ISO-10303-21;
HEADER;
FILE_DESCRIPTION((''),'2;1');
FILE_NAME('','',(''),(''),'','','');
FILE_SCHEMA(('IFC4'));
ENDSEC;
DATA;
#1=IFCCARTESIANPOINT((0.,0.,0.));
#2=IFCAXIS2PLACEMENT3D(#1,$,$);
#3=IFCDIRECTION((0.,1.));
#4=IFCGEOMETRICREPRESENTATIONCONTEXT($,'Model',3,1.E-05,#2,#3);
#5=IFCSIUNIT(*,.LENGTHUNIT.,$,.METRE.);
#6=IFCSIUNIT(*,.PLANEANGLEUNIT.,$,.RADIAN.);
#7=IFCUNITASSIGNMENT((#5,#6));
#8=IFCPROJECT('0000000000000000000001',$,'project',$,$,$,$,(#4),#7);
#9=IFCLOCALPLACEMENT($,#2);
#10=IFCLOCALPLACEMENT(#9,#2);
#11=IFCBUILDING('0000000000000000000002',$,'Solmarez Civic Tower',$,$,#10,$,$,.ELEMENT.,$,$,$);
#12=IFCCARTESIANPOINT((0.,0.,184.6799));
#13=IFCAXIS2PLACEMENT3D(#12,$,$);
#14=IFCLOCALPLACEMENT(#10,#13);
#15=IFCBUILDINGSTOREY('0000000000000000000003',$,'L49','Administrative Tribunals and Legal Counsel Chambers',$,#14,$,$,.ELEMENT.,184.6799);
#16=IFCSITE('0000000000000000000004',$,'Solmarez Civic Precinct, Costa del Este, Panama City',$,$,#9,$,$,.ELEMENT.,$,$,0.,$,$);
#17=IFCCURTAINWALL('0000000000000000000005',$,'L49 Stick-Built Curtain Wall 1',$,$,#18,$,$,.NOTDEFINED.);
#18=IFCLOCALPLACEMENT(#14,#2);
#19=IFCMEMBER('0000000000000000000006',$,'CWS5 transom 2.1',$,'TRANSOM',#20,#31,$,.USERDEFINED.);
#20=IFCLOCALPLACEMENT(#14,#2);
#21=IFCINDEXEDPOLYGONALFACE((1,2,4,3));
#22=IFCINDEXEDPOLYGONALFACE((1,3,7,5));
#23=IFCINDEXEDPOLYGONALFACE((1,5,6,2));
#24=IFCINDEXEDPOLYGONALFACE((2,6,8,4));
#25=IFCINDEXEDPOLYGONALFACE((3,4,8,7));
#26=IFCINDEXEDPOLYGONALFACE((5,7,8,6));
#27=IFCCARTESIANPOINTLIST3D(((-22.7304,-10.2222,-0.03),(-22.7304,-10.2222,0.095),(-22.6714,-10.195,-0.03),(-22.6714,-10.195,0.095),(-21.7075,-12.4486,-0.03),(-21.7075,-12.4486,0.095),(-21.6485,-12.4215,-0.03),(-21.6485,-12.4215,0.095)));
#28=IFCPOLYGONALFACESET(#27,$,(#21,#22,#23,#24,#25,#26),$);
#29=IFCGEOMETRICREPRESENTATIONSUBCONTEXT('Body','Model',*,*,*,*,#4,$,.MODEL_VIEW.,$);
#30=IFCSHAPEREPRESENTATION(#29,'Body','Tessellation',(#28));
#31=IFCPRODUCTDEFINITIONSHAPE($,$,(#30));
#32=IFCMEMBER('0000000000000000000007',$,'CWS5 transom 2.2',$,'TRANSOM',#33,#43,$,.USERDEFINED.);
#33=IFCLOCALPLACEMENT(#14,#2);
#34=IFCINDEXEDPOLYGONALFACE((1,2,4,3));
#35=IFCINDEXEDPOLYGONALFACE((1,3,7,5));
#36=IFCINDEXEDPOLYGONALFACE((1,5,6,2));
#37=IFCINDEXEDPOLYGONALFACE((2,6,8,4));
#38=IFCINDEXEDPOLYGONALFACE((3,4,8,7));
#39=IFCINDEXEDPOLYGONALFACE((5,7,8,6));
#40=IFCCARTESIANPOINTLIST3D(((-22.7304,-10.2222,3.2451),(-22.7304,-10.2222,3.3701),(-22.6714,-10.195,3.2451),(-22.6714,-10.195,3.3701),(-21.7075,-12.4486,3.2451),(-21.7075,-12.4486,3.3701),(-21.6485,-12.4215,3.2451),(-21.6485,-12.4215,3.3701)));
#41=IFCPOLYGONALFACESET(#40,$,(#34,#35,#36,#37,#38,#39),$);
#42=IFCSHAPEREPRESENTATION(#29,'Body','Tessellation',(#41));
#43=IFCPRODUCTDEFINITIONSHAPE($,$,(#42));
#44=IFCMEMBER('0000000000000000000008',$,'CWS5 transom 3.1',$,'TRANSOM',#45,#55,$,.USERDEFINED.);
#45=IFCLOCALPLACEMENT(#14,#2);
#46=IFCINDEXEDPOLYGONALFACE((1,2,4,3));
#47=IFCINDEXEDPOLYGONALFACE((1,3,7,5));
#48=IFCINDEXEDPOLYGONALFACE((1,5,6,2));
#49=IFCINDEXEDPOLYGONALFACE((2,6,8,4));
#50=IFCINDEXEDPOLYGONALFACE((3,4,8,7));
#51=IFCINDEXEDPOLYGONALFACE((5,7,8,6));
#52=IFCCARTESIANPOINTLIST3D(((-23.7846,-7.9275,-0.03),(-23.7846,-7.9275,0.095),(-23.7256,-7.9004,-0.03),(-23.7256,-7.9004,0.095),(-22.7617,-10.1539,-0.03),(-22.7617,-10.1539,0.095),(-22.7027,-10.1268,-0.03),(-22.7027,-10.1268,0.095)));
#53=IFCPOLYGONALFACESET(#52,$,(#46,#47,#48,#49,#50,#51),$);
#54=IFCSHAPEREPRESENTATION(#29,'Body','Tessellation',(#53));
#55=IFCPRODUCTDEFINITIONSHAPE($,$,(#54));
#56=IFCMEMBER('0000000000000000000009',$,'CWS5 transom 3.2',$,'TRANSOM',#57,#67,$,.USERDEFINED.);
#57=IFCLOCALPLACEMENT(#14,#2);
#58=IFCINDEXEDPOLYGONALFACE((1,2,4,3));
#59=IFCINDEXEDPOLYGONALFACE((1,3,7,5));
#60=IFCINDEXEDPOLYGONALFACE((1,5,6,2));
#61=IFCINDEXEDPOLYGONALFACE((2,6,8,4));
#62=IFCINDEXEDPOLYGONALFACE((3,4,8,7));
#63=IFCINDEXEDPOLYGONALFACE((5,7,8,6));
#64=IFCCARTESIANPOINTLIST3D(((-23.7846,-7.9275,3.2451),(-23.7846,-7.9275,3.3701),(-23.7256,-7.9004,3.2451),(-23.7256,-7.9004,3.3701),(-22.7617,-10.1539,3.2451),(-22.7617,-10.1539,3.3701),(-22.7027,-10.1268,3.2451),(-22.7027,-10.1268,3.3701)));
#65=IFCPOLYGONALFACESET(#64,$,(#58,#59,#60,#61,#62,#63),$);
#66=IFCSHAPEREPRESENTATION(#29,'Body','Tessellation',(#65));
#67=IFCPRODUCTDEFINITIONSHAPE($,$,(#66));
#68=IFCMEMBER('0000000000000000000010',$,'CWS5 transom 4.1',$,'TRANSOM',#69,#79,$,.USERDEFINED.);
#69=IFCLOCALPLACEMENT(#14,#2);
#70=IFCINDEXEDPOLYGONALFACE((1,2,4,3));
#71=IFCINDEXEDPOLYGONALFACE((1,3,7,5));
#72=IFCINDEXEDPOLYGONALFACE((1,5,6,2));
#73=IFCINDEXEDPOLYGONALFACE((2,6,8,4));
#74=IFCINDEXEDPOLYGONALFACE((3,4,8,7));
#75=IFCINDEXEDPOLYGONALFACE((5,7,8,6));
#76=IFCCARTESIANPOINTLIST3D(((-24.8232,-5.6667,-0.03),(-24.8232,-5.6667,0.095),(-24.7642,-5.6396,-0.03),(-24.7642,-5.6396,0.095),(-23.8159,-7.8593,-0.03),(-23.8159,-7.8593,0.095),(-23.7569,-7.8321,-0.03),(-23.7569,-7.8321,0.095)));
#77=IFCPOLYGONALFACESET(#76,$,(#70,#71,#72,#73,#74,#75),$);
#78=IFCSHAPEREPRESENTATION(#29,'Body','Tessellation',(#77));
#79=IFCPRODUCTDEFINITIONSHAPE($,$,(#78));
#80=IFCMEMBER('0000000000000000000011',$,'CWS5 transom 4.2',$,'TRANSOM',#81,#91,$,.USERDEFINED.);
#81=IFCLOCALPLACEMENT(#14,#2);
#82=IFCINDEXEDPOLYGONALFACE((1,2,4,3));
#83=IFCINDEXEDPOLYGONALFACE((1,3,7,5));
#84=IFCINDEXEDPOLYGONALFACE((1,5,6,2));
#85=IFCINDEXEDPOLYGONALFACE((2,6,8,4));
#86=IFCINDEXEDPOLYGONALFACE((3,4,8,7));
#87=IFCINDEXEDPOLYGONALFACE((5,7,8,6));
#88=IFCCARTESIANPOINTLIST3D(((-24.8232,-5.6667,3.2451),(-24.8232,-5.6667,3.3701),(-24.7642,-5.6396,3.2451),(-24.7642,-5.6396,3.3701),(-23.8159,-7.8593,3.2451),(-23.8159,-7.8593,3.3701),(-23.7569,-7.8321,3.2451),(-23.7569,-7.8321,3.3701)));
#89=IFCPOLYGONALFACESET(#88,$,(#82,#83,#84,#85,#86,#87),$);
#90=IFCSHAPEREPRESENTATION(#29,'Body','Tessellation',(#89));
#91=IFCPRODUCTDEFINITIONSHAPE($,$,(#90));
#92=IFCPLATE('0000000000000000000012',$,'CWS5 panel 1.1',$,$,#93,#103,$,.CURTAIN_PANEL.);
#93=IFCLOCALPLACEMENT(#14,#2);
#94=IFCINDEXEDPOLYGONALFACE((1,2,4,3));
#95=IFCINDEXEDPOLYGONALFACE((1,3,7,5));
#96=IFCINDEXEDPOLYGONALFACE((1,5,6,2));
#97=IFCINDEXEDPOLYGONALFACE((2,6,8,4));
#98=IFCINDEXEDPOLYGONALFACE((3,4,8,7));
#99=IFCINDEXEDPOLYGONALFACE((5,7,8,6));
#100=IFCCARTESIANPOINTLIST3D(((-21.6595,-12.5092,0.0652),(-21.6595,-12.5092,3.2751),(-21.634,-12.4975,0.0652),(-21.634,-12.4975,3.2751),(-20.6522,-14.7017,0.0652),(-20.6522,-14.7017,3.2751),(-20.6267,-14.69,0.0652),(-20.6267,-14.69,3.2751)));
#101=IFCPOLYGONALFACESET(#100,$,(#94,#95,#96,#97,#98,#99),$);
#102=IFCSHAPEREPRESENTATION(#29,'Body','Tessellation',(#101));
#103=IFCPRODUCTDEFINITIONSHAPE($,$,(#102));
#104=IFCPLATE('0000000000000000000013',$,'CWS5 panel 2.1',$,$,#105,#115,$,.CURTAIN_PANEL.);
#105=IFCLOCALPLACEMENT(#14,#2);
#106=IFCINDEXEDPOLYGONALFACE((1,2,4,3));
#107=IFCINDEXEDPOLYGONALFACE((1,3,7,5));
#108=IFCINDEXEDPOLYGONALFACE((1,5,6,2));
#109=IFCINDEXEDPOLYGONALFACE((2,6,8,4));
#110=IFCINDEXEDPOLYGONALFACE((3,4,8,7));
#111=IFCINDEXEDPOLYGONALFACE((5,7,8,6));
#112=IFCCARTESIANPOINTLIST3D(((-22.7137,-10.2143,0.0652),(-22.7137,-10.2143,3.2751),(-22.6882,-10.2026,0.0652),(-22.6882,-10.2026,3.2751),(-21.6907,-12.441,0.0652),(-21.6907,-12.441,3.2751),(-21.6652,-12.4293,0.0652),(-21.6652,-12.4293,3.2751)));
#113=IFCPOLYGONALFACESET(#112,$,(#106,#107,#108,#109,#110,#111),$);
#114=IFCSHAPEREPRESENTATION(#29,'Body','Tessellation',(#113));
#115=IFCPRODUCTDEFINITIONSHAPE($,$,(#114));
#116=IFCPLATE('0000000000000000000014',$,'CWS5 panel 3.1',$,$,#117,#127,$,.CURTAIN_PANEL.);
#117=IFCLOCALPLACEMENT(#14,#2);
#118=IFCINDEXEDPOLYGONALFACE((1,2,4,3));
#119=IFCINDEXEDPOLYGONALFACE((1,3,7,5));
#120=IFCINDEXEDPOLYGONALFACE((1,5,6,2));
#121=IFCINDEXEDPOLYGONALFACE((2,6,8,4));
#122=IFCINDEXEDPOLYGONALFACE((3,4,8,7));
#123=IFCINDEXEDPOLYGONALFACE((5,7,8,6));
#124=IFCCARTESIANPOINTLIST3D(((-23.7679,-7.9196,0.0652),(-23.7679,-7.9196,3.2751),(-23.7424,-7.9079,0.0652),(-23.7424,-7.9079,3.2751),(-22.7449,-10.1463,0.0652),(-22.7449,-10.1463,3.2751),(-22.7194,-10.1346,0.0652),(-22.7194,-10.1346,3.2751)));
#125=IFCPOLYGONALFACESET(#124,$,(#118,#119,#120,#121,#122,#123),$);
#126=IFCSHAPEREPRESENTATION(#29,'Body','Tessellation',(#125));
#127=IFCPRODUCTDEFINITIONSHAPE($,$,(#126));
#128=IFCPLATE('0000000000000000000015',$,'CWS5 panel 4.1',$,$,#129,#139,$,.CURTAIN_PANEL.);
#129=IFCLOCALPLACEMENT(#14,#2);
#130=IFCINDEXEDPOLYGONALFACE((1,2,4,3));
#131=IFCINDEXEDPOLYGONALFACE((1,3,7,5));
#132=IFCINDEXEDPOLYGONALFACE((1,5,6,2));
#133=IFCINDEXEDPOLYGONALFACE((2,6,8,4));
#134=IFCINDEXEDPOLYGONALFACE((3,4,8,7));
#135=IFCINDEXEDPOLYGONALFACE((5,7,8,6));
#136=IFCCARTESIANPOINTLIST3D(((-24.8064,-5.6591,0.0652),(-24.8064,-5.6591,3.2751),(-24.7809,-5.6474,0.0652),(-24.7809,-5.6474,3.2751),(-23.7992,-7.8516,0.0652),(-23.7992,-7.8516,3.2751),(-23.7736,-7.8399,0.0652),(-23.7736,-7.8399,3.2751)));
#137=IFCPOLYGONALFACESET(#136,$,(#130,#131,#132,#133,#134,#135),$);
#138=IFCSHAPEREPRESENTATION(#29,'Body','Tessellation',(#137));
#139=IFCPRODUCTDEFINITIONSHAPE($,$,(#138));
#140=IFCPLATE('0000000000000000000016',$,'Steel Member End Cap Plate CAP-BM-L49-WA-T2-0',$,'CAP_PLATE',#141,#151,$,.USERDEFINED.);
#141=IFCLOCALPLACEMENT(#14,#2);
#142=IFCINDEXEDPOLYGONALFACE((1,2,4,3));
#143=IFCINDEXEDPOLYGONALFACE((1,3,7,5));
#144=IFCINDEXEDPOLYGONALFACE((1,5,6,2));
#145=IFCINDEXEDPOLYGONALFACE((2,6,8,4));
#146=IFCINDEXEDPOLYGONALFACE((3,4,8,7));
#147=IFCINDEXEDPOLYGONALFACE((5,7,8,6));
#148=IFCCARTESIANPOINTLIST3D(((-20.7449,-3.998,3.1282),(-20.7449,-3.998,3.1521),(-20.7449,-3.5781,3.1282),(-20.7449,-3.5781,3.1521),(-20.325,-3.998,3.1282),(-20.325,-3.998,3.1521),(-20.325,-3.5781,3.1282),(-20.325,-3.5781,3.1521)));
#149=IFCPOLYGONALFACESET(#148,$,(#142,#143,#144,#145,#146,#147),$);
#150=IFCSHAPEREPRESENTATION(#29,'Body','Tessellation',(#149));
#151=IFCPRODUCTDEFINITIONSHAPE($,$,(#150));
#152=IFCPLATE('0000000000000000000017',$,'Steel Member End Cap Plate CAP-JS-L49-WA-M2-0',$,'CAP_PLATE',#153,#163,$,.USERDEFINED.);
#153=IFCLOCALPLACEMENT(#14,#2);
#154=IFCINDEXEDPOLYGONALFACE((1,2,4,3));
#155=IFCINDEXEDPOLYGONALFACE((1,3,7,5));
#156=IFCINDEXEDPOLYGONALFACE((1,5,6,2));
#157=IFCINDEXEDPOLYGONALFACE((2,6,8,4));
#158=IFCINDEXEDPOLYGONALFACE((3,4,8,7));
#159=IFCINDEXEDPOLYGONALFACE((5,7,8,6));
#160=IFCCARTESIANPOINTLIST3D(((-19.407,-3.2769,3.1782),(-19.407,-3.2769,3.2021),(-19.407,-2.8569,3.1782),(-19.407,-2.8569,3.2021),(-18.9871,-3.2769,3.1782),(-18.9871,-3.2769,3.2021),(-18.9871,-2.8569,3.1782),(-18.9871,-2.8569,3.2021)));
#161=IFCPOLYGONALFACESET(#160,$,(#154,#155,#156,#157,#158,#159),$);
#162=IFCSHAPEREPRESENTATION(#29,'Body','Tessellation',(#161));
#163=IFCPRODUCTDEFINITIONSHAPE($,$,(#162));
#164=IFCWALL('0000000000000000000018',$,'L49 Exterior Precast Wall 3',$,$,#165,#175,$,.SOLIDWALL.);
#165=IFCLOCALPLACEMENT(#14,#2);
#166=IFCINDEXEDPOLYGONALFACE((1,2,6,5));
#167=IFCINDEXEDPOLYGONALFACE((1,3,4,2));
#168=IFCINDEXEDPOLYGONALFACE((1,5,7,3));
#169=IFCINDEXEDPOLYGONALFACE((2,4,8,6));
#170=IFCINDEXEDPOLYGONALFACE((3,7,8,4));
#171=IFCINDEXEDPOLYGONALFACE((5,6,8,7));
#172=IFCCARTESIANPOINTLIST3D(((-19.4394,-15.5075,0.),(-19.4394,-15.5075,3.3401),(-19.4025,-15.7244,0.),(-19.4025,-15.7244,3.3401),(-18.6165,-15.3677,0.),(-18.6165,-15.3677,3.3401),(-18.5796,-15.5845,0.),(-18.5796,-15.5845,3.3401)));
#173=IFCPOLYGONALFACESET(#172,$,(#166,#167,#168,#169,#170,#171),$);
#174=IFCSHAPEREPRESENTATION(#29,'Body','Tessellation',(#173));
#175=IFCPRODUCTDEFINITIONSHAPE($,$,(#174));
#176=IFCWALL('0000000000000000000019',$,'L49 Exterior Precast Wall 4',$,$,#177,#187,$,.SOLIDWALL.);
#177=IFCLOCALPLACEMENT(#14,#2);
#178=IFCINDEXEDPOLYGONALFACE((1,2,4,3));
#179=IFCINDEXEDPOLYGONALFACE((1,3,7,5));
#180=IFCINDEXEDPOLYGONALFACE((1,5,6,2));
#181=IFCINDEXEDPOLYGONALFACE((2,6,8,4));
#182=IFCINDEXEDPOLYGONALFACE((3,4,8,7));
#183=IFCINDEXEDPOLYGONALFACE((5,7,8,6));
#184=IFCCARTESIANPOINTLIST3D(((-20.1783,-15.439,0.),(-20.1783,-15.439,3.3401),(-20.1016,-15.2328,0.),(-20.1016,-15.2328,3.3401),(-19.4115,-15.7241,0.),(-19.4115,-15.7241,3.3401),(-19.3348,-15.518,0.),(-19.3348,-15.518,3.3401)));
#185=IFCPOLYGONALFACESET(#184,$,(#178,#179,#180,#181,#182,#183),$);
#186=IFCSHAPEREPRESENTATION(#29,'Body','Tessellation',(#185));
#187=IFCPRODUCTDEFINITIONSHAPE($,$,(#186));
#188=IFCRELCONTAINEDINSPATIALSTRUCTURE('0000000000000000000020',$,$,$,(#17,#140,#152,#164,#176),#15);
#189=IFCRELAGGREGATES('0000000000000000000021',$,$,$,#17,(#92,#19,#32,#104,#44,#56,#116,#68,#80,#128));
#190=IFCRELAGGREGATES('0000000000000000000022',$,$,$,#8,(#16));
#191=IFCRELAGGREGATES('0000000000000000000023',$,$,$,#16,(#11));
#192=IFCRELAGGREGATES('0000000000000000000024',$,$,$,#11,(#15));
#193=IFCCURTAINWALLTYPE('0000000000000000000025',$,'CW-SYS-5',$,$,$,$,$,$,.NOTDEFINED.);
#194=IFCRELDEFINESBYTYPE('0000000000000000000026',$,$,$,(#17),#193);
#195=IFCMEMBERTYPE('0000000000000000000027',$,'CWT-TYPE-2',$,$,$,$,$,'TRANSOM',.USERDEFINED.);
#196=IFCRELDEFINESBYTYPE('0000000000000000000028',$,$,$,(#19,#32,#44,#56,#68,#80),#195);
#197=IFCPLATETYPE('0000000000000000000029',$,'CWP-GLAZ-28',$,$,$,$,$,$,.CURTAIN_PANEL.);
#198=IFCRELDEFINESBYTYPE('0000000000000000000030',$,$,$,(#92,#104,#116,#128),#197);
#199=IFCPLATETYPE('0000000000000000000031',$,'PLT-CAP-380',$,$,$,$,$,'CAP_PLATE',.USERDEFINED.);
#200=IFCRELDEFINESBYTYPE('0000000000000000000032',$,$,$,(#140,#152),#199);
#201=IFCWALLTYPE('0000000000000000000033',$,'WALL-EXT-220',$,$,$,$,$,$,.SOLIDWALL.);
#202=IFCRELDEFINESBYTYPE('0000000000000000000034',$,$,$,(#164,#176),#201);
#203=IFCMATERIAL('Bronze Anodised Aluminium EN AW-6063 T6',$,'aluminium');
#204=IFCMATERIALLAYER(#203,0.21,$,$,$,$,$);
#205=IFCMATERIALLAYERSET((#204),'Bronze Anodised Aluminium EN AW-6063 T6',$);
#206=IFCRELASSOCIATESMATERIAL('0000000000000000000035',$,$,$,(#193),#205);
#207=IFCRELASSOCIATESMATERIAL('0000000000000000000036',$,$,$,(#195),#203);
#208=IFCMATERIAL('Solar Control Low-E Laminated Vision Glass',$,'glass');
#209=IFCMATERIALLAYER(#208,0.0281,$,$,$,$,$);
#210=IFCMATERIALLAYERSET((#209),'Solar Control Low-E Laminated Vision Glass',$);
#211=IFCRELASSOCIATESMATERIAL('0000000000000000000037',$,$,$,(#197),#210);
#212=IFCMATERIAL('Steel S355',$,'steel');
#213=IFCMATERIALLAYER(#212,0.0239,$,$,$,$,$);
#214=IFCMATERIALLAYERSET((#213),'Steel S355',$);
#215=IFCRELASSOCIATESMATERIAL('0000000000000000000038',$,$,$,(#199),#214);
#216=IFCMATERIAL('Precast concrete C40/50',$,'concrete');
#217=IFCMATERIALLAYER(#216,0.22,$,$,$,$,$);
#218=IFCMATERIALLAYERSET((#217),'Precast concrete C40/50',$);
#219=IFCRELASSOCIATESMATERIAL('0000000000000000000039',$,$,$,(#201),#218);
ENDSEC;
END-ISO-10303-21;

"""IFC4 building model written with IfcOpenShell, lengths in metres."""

from ifc_helpers import new_model, si_unit, direction, frame, frame_2d, origin, origin_2d, place, context, subcontext, project, spatial, rectangle, extrude, material, layer, layer_set, material_profile, profile_set, type_object, element, aggregate, save


model = new_model("IFC4")

# Units and contexts
model_context = context("Model", 3, precision=1e-05, world=origin(), true_north=direction((0.0, 1.0)))
body_context = subcontext(model_context, "Body", "Model", "MODEL_VIEW")
ifc_project = project(units=[si_unit("LENGTHUNIT", "METRE"), si_unit("PLANEANGLEUNIT", "RADIAN")], contexts=[model_context])

# Site, building, storey
site_placement = place(None, origin())
site = spatial("IfcSite", under=ifc_project, at=site_placement, Name="Solmarez Civic Precinct, Costa del Este, Panama City", CompositionType="ELEMENT", RefElevation=0.0)
building_placement = place(site_placement, origin())
building = spatial("IfcBuilding", under=site, at=building_placement, Name="Solmarez Civic Tower", CompositionType="ELEMENT")
storey_placement = place(building_placement, frame((0.0, 0.0, 184.6799)))
storey = spatial("IfcBuildingStorey", under=building, at=storey_placement, Name="L49", Description="Administrative Tribunals and Legal Counsel Chambers", CompositionType="ELEMENT", Elevation=184.6799)

# Shared definitions
ifc_material_1 = material(Name="Steel S355", Category="steel")

# Curtain wall, members, plates
ifc_material_2 = material(Name="Bronze Anodised Aluminium EN AW-6063 T6", Category="aluminium")
ifc_layer_1 = layer(ifc_material_2, 0.21)
ifc_layer_set_1 = layer_set([ifc_layer_1], Name="Bronze Anodised Aluminium EN AW-6063 T6")
curtain_wall_type = type_object("IfcCurtainWallType", Name="CW-SYS-5", PredefinedType="NOTDEFINED", material=ifc_layer_set_1)
curtain_wall_placement = place(storey_placement, origin())
curtain_wall = element("IfcCurtainWall", 1, at=curtain_wall_placement, inside=storey, type_object=curtain_wall_type, Name="L49 Stick-Built Curtain Wall 1", PredefinedType="NOTDEFINED")
ifc_material_profile_1 = material_profile(ifc_material_2, rectangle(XDim=0.0649, YDim=0.125, at=origin_2d()), Name="CWT-65X125")
ifc_profile_set_1 = profile_set([ifc_material_profile_1], Name="Bronze Anodised Aluminium EN AW-6063 T6")
member_type_1 = type_object("IfcMemberType", Name="CWT-TYPE-2", ElementType="TRANSOM", PredefinedType="USERDEFINED", material=ifc_profile_set_1)
member_1_placement = place(storey_placement, frame((-21.678, -12.4351, 0.0325), z_axis=(-0.417478, 0.908687, 0.0), x_axis=(-0.908687, -0.417478, 0.0)))
member_1 = element("IfcMember", 2, at=member_1_placement, type_object=member_type_1, Name="CWS5 transom 2.1", ObjectType="TRANSOM", PredefinedType="USERDEFINED", context=body_context, shape_type="SweptSolid", body=[
    extrude(rectangle(XDim=0.0649, YDim=0.125, at=origin_2d()), origin(), (0.0, 0.0, 1.0), 2.4502),
])
member_2_placement = place(storey_placement, frame((-21.678, -12.4351, 3.3076), z_axis=(-0.417478, 0.908687, 0.0), x_axis=(-0.908687, -0.417478, 0.0)))
member_2 = element("IfcMember", 3, at=member_2_placement, type_object=member_type_1, Name="CWS5 transom 2.2", ObjectType="TRANSOM", PredefinedType="USERDEFINED", context=body_context, shape_type="SweptSolid", body=[
    extrude(rectangle(XDim=0.0649, YDim=0.125, at=origin_2d()), origin(), (0.0, 0.0, 1.0), 2.4502),
])
member_3_placement = place(storey_placement, frame((-22.7322, -10.1404, 0.0325), z_axis=(-0.417478, 0.908687, 0.0), x_axis=(-0.908687, -0.417478, 0.0)))
member_3 = element("IfcMember", 4, at=member_3_placement, type_object=member_type_1, Name="CWS5 transom 3.1", ObjectType="TRANSOM", PredefinedType="USERDEFINED", context=body_context, shape_type="SweptSolid", body=[
    extrude(rectangle(XDim=0.0649, YDim=0.125, at=origin_2d()), origin(), (0.0, 0.0, 1.0), 2.4502),
])
member_4_placement = place(storey_placement, frame((-22.7322, -10.1404, 3.3076), z_axis=(-0.417478, 0.908687, 0.0), x_axis=(-0.908687, -0.417478, 0.0)))
member_4 = element("IfcMember", 5, at=member_4_placement, type_object=member_type_1, Name="CWS5 transom 3.2", ObjectType="TRANSOM", PredefinedType="USERDEFINED", context=body_context, shape_type="SweptSolid", body=[
    extrude(rectangle(XDim=0.0649, YDim=0.125, at=origin_2d()), origin(), (0.0, 0.0, 1.0), 2.4502),
])
member_5_placement = place(storey_placement, frame((-23.7864, -7.8457, 0.0325), z_axis=(-0.417466, 0.908692, 0.0), x_axis=(-0.908692, -0.417466, 0.0)))
member_5 = element("IfcMember", 6, at=member_5_placement, type_object=member_type_1, Name="CWS5 transom 4.1", ObjectType="TRANSOM", PredefinedType="USERDEFINED", context=body_context, shape_type="SweptSolid", body=[
    extrude(rectangle(XDim=0.0649, YDim=0.125, at=origin_2d()), origin(), (0.0, 0.0, 1.0), 2.4128),
])
member_6_placement = place(storey_placement, frame((-23.7864, -7.8457, 3.3076), z_axis=(-0.417466, 0.908692, 0.0), x_axis=(-0.908692, -0.417466, 0.0)))
member_6 = element("IfcMember", 7, at=member_6_placement, type_object=member_type_1, Name="CWS5 transom 4.2", ObjectType="TRANSOM", PredefinedType="USERDEFINED", context=body_context, shape_type="SweptSolid", body=[
    extrude(rectangle(XDim=0.0649, YDim=0.125, at=origin_2d()), origin(), (0.0, 0.0, 1.0), 2.4128),
])
ifc_material_3 = material(Name="Solar Control Low-E Laminated Vision Glass", Category="glass")
ifc_layer_2 = layer(ifc_material_3, 0.0281)
ifc_layer_set_2 = layer_set([ifc_layer_2], Name="Solar Control Low-E Laminated Vision Glass")
plate_type_1 = type_object("IfcPlateType", Name="CWP-GLAZ-28", PredefinedType="CURTAIN_PANEL", material=ifc_layer_set_2)
plate_1_placement = place(storey_placement, frame((-21.1431, -13.5996, 0.0652), z_axis=(0.0, 0.0, 1.0), x_axis=(-0.417469, 0.908691, 0.0)))
plate_1 = element("IfcPlate", 8, at=plate_1_placement, type_object=plate_type_1, Name="CWS5 panel 1.1", PredefinedType="CURTAIN_PANEL", context=body_context, shape_type="SweptSolid", body=[
    extrude(rectangle(XDim=2.4128, YDim=0.0281, at=origin_2d()), origin(), (0.0, 0.0, 1.0), 3.21),
])
plate_2_placement = place(storey_placement, frame((-22.1895, -11.3218, 0.0652), z_axis=(0.0, 0.0, 1.0), x_axis=(-0.417469, 0.908691, 0.0)))
plate_2 = element("IfcPlate", 9, at=plate_2_placement, type_object=plate_type_1, Name="CWS5 panel 2.1", PredefinedType="CURTAIN_PANEL", context=body_context, shape_type="SweptSolid", body=[
    extrude(rectangle(XDim=2.4504, YDim=0.0281, at=origin_2d()), origin(), (0.0, 0.0, 1.0), 3.21),
])
plate_3_placement = place(storey_placement, frame((-23.2437, -9.0271, 0.0652), z_axis=(0.0, 0.0, 1.0), x_axis=(-0.417469, 0.908691, 0.0)))
plate_3 = element("IfcPlate", 10, at=plate_3_placement, type_object=plate_type_1, Name="CWS5 panel 3.1", PredefinedType="CURTAIN_PANEL", context=body_context, shape_type="SweptSolid", body=[
    extrude(rectangle(XDim=2.4504, YDim=0.0281, at=origin_2d()), origin(), (0.0, 0.0, 1.0), 3.21),
])
plate_4_placement = place(storey_placement, frame((-24.29, -6.7495, 0.0652), z_axis=(0.0, 0.0, 1.0), x_axis=(-0.417469, 0.908691, 0.0)))
plate_4 = element("IfcPlate", 11, at=plate_4_placement, type_object=plate_type_1, Name="CWS5 panel 4.1", PredefinedType="CURTAIN_PANEL", context=body_context, shape_type="SweptSolid", body=[
    extrude(rectangle(XDim=2.4128, YDim=0.0281, at=origin_2d()), origin(), (0.0, 0.0, 1.0), 3.21),
])
aggregate(curtain_wall, [plate_1, member_1, member_2, plate_2, member_3, member_4, plate_3, member_5, member_6, plate_4])

# Plates
ifc_layer_3 = layer(ifc_material_1, 0.0239)
ifc_layer_set_3 = layer_set([ifc_layer_3], Name="Steel S355")
plate_type_2 = type_object("IfcPlateType", Name="PLT-CAP-380", ElementType="CAP_PLATE", PredefinedType="USERDEFINED", material=ifc_layer_set_3)
for number, where, z_axis, x_axis, name in (
    (12, (-20.5349, -3.7881, 3.1282), (0.0, 0.0, 1.0), (1.0, 0.0, 0.0), "Steel Member End Cap Plate CAP-BM-L49-WA-T2-0"),
    (13, (-19.197, -3.0669, 3.1782), (0.0, 0.0, 1.0), (1.0, 0.0, 0.0), "Steel Member End Cap Plate CAP-JS-L49-WA-M2-0"),
):
    element("IfcPlate", number, at=place(storey_placement, frame(where, z_axis=z_axis, x_axis=x_axis)), inside=storey, type_object=plate_type_2, Name=name, ObjectType="CAP_PLATE", PredefinedType="USERDEFINED", context=body_context, shape_type="SweptSolid", body=[
        extrude(rectangle(XDim=0.4199, YDim=0.4199, at=origin_2d()), origin(), (0.0, 0.0, 1.0), 0.0239),
    ])

# Walls
ifc_material_4 = material(Name="Precast concrete C40/50", Category="concrete")
ifc_layer_4 = layer(ifc_material_4, 0.22)
ifc_layer_set_4 = layer_set([ifc_layer_4], Name="Precast concrete C40/50")
wall_type = type_object("IfcWallType", Name="WALL-EXT-220", PredefinedType="SOLIDWALL", material=ifc_layer_set_4)
wall_1_placement = place(storey_placement, frame((-18.5979, -15.4761, 0.0), z_axis=(0.0, 0.0, 1.0), x_axis=(-0.985859, -0.167576, 0.0)))
element("IfcWall", 14, at=wall_1_placement, inside=storey, type_object=wall_type, Name="L49 Exterior Precast Wall 3", PredefinedType="SOLIDWALL", context=body_context, shape_type="SweptSolid", body=[
    extrude(rectangle(XDim=0.8347, YDim=0.22, at=frame_2d((0.4175, 0.0))), origin(), (0.0, 0.0, 1.0), 3.3401),
])
wall_2_placement = place(storey_placement, frame((-19.373, -15.6211, 0.0), z_axis=(0.0, 0.0, 1.0), x_axis=(-0.937294, 0.348539, 0.0)))
element("IfcWall", 15, at=wall_2_placement, inside=storey, type_object=wall_type, Name="L49 Exterior Precast Wall 4", PredefinedType="SOLIDWALL", context=body_context, shape_type="SweptSolid", body=[
    extrude(rectangle(XDim=0.8181, YDim=0.22, at=frame_2d((0.4092, 0.0))), origin(), (0.0, 0.0, 1.0), 3.3401),
])

save(model, "model.ifc")
